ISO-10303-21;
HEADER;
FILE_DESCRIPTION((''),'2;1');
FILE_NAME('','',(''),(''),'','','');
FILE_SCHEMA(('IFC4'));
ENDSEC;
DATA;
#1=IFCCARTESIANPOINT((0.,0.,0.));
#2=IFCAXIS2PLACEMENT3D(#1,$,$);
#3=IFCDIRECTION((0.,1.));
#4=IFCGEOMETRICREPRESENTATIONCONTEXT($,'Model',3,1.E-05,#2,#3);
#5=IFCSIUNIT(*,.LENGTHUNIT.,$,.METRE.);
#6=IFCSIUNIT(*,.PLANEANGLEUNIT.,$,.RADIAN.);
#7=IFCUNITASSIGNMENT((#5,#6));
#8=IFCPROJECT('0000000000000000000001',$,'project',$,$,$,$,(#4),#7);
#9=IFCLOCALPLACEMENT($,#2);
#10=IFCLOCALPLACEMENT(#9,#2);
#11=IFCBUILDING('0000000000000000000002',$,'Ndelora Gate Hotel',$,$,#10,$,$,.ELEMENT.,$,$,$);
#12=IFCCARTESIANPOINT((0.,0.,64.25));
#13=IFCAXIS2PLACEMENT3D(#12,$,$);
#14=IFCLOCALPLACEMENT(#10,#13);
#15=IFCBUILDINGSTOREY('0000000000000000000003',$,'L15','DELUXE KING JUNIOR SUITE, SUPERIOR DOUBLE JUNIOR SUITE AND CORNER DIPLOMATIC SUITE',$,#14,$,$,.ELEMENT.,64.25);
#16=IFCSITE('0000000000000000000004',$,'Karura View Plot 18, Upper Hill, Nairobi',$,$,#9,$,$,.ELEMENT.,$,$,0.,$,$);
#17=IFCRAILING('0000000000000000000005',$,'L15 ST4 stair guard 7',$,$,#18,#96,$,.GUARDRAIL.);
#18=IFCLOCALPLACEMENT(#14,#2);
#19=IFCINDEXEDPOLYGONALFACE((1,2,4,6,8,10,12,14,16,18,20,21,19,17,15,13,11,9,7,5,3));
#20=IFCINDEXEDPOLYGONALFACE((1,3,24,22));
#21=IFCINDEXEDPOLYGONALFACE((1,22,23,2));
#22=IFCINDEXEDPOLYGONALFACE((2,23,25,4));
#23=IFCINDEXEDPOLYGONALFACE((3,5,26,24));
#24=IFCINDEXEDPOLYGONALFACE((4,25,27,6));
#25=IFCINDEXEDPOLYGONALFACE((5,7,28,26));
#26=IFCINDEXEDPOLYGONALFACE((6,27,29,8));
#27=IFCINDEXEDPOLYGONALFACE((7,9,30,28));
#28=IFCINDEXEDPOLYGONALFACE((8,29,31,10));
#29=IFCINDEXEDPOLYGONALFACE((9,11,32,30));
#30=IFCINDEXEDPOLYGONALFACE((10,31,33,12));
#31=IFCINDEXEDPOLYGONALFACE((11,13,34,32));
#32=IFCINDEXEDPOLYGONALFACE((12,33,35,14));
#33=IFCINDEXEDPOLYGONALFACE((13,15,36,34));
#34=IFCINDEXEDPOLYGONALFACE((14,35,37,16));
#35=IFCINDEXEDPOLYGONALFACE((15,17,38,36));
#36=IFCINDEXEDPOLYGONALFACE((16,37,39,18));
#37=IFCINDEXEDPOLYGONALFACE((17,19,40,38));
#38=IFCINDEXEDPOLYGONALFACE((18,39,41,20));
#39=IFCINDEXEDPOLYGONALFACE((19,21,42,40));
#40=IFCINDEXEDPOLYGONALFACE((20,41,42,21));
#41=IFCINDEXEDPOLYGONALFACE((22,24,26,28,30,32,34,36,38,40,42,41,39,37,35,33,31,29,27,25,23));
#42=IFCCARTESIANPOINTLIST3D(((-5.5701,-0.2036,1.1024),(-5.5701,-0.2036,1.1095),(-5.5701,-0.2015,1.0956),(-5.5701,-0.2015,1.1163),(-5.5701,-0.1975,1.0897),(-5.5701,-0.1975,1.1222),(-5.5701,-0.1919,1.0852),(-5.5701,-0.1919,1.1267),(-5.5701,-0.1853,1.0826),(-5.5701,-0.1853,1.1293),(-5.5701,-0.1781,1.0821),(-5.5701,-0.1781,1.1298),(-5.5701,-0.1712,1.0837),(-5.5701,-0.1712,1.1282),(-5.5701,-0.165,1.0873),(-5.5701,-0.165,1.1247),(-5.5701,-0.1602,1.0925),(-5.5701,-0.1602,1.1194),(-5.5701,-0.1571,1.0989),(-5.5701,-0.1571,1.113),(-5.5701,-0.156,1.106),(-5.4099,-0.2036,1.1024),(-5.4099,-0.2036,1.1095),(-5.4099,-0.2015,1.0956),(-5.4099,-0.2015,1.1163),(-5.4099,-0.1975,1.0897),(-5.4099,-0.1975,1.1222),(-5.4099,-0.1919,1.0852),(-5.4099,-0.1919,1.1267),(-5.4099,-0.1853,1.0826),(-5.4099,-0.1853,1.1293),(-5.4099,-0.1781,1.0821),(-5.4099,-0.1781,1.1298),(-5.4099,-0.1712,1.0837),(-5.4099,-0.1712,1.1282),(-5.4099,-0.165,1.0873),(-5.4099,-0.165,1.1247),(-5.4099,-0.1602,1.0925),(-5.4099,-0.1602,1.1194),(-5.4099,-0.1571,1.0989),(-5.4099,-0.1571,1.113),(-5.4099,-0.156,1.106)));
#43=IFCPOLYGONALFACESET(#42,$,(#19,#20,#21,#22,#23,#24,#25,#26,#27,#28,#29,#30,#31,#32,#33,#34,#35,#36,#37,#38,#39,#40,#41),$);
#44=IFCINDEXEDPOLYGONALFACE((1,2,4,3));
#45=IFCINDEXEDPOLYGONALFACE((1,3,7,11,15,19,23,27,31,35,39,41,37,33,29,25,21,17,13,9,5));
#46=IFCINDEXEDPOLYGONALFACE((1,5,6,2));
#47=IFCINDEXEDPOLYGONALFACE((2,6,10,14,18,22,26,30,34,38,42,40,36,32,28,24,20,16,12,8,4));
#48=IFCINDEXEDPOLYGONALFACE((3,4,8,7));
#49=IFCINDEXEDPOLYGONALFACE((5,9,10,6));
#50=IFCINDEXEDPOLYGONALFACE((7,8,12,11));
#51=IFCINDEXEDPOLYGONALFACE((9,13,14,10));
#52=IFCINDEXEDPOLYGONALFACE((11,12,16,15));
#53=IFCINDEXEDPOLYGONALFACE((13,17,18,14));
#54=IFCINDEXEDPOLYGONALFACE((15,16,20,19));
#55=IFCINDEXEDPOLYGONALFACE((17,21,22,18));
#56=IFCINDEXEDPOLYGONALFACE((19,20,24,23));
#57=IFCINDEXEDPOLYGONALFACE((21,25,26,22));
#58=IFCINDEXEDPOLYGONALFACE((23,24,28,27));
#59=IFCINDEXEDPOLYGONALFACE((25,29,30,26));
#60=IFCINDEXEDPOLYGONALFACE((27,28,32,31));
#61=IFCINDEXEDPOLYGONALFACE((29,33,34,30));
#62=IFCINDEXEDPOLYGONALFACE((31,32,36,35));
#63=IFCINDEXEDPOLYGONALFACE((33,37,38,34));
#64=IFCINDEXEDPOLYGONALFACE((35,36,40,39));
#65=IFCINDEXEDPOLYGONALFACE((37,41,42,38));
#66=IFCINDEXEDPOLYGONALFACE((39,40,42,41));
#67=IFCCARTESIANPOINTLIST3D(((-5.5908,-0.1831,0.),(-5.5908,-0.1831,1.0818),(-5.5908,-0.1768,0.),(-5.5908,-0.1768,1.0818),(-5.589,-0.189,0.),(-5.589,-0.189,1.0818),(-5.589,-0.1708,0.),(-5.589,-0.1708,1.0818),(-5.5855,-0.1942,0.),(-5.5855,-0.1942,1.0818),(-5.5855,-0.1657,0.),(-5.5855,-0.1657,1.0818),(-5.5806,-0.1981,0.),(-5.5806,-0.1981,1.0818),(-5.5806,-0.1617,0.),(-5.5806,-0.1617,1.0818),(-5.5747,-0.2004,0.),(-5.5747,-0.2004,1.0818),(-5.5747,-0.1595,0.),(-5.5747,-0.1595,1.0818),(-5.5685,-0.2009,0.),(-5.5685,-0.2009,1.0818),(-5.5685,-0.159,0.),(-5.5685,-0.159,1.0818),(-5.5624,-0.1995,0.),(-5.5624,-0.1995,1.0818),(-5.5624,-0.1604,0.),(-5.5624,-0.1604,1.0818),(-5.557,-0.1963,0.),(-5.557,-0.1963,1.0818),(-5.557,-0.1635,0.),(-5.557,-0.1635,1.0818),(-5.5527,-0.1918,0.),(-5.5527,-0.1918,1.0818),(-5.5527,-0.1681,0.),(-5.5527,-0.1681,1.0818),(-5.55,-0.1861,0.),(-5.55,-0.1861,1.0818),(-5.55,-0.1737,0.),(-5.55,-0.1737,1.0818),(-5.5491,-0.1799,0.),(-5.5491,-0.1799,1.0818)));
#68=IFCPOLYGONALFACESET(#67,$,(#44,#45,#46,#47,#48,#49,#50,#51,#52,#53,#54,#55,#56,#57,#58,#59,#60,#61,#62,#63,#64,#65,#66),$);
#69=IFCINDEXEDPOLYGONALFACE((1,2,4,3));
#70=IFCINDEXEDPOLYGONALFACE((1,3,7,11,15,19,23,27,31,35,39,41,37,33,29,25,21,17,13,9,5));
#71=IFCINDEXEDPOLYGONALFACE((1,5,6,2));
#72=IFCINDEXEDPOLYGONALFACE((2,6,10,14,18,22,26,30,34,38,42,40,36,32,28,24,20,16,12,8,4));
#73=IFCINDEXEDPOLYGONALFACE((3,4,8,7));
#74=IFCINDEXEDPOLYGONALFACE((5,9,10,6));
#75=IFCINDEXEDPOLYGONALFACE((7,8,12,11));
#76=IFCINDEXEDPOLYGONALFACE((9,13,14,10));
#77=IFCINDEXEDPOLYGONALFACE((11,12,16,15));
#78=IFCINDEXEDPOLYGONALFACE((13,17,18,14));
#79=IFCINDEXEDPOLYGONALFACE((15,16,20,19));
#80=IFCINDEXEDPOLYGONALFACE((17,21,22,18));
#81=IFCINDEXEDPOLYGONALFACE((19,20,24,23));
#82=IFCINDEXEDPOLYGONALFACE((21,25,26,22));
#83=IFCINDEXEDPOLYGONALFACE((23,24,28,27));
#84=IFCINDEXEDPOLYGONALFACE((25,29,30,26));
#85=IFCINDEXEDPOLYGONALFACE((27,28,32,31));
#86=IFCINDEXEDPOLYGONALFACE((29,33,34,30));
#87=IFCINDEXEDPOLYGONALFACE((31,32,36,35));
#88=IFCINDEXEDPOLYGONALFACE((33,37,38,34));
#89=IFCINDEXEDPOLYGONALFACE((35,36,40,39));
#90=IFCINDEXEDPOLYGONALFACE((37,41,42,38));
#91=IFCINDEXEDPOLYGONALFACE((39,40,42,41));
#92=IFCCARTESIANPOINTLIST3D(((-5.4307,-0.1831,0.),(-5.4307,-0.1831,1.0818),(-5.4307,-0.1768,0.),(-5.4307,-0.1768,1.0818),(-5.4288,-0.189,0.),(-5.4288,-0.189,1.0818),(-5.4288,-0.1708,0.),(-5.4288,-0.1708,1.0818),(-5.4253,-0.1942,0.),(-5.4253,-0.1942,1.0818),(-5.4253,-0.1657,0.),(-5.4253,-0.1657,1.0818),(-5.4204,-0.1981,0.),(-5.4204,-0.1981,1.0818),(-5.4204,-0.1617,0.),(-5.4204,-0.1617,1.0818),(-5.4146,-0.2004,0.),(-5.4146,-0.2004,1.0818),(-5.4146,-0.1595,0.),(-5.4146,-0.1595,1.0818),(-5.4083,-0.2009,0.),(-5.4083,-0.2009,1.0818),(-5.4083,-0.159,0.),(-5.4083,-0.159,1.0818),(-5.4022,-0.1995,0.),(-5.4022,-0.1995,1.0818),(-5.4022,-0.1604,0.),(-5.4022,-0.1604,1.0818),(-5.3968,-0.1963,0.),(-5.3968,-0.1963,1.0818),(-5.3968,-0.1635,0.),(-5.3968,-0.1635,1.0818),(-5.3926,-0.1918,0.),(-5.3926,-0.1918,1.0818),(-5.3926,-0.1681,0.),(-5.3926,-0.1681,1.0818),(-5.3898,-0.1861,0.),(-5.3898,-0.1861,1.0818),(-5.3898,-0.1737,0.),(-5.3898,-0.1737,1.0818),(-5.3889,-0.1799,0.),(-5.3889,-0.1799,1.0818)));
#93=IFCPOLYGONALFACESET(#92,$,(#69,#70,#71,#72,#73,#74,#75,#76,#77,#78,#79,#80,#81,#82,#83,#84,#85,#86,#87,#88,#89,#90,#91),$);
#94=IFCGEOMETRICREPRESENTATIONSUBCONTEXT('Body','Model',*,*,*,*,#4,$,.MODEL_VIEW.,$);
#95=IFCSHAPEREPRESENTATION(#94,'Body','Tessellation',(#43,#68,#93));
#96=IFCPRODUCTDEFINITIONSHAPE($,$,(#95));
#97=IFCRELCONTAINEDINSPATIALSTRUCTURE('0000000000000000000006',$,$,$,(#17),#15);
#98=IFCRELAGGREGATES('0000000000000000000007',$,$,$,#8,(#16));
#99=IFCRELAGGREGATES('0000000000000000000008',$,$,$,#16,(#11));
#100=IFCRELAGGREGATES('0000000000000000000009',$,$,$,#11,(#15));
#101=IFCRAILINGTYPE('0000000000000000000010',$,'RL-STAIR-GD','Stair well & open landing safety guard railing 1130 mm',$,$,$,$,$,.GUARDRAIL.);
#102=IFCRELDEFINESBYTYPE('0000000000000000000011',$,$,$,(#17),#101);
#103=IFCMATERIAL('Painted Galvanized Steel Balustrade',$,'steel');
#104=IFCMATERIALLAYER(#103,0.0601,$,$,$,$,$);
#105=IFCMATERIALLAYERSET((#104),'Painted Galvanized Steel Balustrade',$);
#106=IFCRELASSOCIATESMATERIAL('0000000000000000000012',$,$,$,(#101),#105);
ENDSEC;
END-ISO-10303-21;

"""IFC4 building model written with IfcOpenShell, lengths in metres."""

from ifc_helpers import new_model, si_unit, direction, frame, origin, origin_2d, place, context, subcontext, project, spatial, circle, extrude, material, layer, layer_set, type_object, element, save


model = new_model("IFC4")

# Units and contexts
model_context = context("Model", 3, precision=1e-05, world=origin(), true_north=direction((0.0, 1.0)))
body_context = subcontext(model_context, "Body", "Model", "MODEL_VIEW")
ifc_project = project(units=[si_unit("LENGTHUNIT", "METRE"), si_unit("PLANEANGLEUNIT", "RADIAN")], contexts=[model_context])

# Site, building, storey
site_placement = place(None, origin())
site = spatial("IfcSite", under=ifc_project, at=site_placement, Name="Karura View Plot 18, Upper Hill, Nairobi", CompositionType="ELEMENT", RefElevation=0.0)
building_placement = place(site_placement, origin())
building = spatial("IfcBuilding", under=site, at=building_placement, Name="Ndelora Gate Hotel", CompositionType="ELEMENT")
storey_placement = place(building_placement, frame((0.0, 0.0, 64.25)))
storey = spatial("IfcBuildingStorey", under=building, at=storey_placement, Name="L15", Description="DELUXE KING JUNIOR SUITE, SUPERIOR DOUBLE JUNIOR SUITE AND CORNER DIPLOMATIC SUITE", CompositionType="ELEMENT", Elevation=64.25)

# Railing
ifc_material_1 = material(Name="Painted Galvanized Steel Balustrade", Category="steel")
ifc_layer_1 = layer(ifc_material_1, 0.0601)
ifc_layer_set_1 = layer_set([ifc_layer_1], Name="Painted Galvanized Steel Balustrade")
railing_type_1 = type_object("IfcRailingType", Name="RL-STAIR-GD", Description="Stair well & open landing safety guard railing 1130 mm", PredefinedType="GUARDRAIL", material=ifc_layer_set_1)
railing_1_placement = place(storey_placement, frame((-5.5701, -0.1799, 0.0)))
element("IfcRailing", 1, at=railing_1_placement, inside=storey, type_object=railing_type_1, Name="L15 ST4 stair guard 7", PredefinedType="GUARDRAIL", context=body_context, shape_type="SweptSolid", body=[
    extrude(circle(Radius=0.0239, at=origin_2d()), frame((0.0, 0.0, 1.106), z_axis=(1.0, 0.0, 0.0), x_axis=(0.0, 1.0, 0.0)), (0.0, 0.0, 1.0), 0.1602),
    extrude(circle(Radius=0.021, at=origin_2d()), origin(), (0.0, 0.0, 1.0), 1.0818),
    extrude(circle(Radius=0.021, at=origin_2d()), frame((0.1602, 0.0, 0.0)), (0.0, 0.0, 1.0), 1.0818),
])

save(model, "model.ifc")
